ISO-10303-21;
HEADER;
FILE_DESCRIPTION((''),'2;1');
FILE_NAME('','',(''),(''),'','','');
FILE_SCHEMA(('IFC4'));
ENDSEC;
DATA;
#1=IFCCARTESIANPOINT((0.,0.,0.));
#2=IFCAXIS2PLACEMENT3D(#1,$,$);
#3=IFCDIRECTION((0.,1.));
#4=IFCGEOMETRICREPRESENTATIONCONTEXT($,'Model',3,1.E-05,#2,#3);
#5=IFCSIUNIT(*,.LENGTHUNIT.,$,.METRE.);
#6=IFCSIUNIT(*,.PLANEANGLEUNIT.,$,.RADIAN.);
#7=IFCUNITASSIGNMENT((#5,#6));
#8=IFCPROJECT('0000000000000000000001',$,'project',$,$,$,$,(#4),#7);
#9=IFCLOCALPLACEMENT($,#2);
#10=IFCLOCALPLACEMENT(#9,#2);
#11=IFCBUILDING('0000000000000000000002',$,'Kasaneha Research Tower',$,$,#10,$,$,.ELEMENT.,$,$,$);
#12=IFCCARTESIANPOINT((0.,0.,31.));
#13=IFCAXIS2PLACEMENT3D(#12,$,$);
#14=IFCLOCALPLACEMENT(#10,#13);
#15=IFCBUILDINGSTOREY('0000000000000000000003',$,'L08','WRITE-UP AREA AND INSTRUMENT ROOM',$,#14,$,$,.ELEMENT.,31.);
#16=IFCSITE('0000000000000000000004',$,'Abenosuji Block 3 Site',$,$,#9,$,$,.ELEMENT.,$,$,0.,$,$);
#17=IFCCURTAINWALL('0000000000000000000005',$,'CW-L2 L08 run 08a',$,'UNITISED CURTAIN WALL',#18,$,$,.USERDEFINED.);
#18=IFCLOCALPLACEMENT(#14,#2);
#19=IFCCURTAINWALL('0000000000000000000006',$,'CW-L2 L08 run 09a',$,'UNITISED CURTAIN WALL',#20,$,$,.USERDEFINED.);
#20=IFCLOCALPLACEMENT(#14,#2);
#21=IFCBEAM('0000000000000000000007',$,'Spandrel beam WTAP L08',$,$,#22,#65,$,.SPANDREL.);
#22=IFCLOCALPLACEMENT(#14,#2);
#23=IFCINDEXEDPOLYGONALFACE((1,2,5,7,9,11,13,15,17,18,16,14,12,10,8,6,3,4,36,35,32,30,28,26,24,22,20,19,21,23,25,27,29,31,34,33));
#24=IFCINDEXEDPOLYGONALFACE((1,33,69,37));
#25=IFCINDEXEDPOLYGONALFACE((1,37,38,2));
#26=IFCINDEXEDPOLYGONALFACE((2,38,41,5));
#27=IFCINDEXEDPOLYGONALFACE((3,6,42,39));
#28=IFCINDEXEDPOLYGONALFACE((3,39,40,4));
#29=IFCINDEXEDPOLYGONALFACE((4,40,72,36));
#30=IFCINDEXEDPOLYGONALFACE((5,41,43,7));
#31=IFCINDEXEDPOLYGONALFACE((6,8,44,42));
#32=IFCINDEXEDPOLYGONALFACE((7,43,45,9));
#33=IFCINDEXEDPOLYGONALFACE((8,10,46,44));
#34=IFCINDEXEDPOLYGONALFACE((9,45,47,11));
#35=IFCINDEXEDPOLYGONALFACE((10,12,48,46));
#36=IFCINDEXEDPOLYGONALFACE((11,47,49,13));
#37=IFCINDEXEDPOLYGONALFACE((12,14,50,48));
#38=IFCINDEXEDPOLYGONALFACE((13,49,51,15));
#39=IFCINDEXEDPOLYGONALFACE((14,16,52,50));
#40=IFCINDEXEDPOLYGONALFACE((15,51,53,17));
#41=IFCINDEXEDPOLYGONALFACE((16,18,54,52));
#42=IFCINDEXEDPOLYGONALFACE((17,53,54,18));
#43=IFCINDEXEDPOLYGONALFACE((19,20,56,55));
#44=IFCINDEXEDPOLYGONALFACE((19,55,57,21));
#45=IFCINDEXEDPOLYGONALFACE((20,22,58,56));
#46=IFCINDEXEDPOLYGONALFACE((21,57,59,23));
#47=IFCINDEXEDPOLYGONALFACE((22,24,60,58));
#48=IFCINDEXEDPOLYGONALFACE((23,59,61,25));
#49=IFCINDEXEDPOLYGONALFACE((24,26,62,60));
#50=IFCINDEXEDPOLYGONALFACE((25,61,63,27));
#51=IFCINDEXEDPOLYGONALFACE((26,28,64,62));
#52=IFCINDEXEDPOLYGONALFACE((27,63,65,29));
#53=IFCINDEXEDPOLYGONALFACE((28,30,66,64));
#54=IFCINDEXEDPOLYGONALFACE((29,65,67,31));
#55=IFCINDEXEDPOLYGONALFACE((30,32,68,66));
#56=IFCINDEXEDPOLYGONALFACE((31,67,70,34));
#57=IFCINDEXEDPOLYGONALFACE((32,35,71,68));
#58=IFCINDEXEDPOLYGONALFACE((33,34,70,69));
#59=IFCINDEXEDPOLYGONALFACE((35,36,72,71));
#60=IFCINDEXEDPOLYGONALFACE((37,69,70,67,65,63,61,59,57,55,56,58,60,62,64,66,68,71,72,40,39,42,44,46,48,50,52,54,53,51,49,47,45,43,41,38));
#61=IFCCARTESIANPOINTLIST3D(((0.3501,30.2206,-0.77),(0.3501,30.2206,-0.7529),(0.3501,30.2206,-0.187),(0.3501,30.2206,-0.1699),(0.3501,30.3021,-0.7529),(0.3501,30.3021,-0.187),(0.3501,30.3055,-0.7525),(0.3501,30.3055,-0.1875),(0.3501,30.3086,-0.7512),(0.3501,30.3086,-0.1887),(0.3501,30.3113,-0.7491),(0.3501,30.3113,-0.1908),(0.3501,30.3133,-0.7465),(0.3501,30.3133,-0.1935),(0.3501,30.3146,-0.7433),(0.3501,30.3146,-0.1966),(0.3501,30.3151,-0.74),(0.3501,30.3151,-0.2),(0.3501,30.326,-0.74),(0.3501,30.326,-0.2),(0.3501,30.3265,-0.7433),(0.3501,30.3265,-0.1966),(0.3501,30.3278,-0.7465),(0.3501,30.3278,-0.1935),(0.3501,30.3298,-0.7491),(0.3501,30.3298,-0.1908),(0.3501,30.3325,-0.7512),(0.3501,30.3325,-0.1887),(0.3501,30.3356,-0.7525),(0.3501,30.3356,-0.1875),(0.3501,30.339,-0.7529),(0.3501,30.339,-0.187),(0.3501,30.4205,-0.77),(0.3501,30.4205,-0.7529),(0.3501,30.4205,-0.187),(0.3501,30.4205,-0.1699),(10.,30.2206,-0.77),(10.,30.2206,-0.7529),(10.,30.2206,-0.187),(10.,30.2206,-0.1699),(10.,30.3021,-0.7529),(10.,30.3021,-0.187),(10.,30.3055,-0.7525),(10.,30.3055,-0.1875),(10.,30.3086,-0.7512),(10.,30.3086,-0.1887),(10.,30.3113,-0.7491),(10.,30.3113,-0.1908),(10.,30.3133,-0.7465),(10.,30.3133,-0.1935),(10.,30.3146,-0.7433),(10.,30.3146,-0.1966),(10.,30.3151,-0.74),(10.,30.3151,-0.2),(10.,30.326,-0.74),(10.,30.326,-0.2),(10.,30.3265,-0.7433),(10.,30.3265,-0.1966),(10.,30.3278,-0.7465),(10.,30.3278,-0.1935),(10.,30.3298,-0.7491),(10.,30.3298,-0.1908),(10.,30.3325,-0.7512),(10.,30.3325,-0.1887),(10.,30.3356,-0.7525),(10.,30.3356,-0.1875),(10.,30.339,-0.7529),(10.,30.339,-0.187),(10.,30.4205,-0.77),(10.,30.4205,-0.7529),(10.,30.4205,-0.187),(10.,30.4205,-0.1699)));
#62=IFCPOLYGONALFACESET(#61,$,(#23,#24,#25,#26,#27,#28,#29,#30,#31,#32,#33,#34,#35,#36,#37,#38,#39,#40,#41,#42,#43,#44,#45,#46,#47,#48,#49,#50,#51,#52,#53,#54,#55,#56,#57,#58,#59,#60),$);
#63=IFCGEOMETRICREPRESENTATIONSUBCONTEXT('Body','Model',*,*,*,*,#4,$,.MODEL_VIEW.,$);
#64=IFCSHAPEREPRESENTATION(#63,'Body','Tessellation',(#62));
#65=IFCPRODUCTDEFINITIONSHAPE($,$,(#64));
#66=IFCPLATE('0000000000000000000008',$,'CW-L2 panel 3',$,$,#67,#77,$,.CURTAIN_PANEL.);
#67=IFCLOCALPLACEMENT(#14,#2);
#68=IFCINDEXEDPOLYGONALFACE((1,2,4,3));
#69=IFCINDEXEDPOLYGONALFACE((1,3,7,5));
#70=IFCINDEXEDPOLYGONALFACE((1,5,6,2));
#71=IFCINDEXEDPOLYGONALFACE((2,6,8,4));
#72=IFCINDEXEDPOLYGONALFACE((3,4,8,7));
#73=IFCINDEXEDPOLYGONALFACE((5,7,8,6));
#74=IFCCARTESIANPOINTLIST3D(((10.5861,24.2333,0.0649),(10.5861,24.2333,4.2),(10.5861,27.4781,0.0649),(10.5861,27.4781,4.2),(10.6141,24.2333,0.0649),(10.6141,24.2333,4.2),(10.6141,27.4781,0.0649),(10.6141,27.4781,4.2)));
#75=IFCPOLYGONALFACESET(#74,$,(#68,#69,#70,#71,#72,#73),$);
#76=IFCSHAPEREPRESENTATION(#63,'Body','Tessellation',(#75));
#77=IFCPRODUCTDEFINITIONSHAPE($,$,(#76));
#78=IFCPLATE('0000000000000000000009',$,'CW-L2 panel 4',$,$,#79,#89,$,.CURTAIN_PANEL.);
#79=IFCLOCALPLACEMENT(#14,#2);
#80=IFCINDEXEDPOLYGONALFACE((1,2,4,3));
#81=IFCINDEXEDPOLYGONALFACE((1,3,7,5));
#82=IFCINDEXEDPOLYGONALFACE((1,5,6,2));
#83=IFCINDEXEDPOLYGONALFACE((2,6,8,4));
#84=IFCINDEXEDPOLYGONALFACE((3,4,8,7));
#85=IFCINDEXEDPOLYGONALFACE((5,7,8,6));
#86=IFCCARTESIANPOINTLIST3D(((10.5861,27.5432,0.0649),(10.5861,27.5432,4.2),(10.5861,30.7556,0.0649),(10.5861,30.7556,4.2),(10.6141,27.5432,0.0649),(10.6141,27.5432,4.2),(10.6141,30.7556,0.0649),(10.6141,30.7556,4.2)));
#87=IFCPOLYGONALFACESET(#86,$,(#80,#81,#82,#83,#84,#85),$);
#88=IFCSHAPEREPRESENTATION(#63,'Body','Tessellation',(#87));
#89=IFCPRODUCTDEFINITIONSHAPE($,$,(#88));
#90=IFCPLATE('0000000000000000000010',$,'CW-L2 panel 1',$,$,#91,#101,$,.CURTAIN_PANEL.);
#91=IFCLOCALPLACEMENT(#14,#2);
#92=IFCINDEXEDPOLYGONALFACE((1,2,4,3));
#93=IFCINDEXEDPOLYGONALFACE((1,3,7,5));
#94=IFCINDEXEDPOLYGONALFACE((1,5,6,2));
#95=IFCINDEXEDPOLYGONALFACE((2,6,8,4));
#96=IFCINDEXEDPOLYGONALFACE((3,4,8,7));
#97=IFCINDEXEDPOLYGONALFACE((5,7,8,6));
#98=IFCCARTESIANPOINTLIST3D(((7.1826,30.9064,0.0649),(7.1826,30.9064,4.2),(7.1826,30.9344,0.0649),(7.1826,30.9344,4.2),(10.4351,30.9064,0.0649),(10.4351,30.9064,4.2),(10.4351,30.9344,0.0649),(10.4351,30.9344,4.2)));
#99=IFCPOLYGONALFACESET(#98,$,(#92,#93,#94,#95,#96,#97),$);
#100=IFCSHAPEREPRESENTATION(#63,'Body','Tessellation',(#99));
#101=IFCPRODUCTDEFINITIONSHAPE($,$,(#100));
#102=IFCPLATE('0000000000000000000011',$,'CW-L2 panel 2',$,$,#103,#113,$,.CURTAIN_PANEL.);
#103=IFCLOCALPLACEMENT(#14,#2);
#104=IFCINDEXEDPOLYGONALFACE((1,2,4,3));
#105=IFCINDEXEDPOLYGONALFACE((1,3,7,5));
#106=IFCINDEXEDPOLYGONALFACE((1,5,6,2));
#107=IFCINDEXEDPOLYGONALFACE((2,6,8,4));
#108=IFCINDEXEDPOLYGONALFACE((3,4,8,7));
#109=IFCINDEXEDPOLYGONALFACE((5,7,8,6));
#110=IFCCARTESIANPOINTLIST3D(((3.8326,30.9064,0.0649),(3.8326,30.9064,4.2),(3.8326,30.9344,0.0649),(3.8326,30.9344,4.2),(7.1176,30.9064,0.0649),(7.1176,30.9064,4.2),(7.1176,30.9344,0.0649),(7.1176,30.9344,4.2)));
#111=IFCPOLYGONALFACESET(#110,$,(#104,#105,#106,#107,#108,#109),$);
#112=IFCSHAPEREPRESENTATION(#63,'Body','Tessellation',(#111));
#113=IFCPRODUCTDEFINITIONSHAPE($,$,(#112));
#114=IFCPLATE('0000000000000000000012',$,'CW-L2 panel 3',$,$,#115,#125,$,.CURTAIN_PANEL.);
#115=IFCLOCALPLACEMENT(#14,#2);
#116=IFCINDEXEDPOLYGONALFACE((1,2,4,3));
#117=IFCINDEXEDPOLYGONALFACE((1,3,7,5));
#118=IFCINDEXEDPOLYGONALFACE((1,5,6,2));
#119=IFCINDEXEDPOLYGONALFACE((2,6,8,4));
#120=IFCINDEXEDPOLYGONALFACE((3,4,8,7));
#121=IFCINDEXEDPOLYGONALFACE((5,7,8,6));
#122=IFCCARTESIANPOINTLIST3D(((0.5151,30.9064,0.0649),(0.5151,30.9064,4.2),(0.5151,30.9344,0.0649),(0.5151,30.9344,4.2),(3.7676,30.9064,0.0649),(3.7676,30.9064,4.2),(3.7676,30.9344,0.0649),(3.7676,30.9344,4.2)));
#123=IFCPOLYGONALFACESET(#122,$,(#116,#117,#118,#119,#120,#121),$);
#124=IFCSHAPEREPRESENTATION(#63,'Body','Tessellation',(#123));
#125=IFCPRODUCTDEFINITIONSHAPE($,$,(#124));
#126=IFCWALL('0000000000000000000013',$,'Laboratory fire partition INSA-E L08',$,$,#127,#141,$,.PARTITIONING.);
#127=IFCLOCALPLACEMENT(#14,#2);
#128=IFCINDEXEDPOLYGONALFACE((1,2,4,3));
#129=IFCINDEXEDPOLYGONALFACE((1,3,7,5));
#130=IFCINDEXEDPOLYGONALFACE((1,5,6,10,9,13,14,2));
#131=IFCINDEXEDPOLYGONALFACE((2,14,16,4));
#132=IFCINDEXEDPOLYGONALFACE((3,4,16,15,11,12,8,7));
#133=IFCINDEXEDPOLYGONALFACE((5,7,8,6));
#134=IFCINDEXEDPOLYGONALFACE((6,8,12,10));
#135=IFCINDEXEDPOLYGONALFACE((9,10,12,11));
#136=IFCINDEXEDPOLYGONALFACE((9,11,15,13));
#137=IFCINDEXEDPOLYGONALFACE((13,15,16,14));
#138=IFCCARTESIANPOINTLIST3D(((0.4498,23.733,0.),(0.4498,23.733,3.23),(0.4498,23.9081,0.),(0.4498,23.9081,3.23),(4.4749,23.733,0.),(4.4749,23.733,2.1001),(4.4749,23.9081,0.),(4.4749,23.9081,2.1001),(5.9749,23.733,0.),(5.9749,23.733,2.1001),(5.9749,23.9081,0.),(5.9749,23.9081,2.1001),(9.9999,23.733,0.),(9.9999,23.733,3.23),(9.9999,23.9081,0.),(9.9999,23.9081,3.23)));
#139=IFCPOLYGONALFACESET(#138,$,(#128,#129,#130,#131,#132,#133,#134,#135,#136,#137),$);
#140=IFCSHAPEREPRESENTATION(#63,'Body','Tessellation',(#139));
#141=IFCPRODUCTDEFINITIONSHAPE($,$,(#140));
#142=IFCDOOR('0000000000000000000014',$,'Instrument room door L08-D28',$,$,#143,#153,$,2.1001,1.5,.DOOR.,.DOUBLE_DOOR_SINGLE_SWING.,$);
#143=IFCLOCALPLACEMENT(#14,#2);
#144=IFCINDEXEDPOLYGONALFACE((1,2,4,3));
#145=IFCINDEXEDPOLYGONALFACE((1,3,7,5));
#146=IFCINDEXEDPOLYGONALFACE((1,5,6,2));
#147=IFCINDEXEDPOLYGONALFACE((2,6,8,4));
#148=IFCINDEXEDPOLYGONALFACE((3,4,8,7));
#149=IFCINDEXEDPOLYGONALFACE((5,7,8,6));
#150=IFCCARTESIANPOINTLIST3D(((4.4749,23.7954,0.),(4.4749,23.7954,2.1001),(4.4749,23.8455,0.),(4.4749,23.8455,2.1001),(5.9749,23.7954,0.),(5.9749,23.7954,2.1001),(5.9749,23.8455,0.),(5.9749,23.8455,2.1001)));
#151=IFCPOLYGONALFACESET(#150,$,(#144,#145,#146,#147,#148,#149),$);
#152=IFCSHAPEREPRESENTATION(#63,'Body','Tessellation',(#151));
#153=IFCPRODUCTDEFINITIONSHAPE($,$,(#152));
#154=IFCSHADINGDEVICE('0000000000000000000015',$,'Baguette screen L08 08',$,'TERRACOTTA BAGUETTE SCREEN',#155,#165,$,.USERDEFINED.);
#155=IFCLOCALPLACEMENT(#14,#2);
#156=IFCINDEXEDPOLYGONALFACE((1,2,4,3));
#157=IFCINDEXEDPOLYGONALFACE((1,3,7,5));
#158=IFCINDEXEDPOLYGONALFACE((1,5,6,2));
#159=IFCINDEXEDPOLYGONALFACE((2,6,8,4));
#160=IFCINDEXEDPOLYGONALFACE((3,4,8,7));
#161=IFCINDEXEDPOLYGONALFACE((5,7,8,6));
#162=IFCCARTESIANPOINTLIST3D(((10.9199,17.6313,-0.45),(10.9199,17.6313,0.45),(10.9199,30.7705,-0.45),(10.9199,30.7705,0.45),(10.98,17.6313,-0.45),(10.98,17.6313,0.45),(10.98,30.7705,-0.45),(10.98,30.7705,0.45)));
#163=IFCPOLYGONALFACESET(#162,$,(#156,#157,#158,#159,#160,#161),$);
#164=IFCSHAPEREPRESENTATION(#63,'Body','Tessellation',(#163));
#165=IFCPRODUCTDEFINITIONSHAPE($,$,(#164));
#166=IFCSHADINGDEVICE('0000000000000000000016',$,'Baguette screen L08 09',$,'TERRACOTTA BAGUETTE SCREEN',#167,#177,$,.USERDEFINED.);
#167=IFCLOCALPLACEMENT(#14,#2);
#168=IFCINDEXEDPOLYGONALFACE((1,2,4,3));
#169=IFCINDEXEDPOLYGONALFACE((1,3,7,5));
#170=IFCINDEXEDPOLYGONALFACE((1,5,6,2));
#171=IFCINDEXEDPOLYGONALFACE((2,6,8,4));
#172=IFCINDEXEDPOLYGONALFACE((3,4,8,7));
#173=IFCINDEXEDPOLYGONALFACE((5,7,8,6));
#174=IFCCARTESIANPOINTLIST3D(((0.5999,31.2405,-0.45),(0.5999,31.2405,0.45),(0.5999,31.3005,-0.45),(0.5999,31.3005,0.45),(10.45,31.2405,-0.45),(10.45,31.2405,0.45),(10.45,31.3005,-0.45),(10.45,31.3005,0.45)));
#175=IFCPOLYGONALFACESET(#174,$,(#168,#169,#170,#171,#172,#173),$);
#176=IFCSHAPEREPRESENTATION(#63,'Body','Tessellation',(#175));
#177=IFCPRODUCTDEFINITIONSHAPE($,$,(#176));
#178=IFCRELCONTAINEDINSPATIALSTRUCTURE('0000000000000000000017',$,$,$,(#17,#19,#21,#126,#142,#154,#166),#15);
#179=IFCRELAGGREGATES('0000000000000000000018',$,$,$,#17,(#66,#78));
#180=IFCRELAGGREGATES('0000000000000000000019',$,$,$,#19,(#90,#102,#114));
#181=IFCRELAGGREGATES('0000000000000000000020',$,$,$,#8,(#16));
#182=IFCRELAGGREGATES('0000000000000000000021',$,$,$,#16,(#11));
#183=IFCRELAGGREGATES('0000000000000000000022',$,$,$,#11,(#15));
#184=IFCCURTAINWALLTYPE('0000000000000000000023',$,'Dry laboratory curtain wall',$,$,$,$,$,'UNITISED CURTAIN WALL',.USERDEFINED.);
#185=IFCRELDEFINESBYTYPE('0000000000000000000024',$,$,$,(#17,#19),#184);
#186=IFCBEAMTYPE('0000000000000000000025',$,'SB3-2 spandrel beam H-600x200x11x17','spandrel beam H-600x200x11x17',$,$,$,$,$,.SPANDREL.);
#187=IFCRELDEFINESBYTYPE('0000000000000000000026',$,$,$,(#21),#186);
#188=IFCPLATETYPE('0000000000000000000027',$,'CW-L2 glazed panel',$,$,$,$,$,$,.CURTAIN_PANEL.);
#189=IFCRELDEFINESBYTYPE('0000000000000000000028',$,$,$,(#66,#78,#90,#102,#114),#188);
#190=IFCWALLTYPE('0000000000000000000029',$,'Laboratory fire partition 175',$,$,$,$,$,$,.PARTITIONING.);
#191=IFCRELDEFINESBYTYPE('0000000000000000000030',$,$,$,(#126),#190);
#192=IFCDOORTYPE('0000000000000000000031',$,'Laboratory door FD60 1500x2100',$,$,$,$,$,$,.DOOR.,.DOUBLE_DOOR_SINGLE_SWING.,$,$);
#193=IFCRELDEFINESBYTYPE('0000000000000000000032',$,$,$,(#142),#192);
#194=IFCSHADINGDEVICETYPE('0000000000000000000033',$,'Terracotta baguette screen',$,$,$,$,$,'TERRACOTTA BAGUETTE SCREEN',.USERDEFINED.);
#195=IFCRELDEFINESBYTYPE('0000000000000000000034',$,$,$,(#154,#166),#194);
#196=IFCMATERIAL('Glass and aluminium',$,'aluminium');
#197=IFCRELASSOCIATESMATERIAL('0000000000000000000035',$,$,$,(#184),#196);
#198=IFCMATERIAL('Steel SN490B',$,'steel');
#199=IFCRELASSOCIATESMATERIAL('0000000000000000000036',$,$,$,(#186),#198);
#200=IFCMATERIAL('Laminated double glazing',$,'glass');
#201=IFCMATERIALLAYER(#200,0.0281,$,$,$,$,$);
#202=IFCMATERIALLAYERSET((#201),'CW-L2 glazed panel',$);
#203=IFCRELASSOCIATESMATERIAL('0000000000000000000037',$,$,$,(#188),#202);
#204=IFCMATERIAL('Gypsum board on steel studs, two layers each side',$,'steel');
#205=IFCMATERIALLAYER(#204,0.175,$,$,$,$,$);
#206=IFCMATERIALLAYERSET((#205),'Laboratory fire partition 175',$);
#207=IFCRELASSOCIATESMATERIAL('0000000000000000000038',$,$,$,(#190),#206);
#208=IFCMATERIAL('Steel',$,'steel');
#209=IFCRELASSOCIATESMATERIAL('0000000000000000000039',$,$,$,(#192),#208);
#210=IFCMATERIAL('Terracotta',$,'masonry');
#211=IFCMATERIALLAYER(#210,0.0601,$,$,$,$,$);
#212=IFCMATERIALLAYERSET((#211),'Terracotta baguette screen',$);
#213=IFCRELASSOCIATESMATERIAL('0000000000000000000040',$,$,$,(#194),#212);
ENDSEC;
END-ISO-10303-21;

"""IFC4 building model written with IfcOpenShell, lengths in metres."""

from ifc_helpers import new_model, si_unit, direction, frame, frame_2d, origin, origin_2d, place, context, subcontext, project, spatial, rectangle, i_section, extrude, material, layer, layer_set, material_profile, profile_set, type_object, element, fill, aggregate, save


model = new_model("IFC4")

# Units and contexts
model_context = context("Model", 3, precision=1e-05, world=origin(), true_north=direction((0.0, 1.0)))
body_context = subcontext(model_context, "Body", "Model", "MODEL_VIEW")
ifc_project = project(units=[si_unit("LENGTHUNIT", "METRE"), si_unit("PLANEANGLEUNIT", "RADIAN")], contexts=[model_context])

# Site, building, storey
site_placement = place(None, origin())
site = spatial("IfcSite", under=ifc_project, at=site_placement, Name="Abenosuji Block 3 Site", CompositionType="ELEMENT", RefElevation=0.0)
building_placement = place(site_placement, origin())
building = spatial("IfcBuilding", under=site, at=building_placement, Name="Kasaneha Research Tower", CompositionType="ELEMENT")
storey_placement = place(building_placement, frame((0.0, 0.0, 31.0)))
storey = spatial("IfcBuildingStorey", under=building, at=storey_placement, Name="L08", Description="WRITE-UP AREA AND INSTRUMENT ROOM", CompositionType="ELEMENT", Elevation=31.0)

# Curtain walls
ifc_material_1 = material(Name="Glass and aluminium", Category="aluminium")
curtain_wall_type = type_object("IfcCurtainWallType", Name="Dry laboratory curtain wall", ElementType="UNITISED CURTAIN WALL", PredefinedType="USERDEFINED", material=ifc_material_1)
curtain_wall_1_placement = place(storey_placement, origin())
curtain_wall_1 = element("IfcCurtainWall", 1, at=curtain_wall_1_placement, inside=storey, type_object=curtain_wall_type, Name="CW-L2 L08 run 08a", ObjectType="UNITISED CURTAIN WALL", PredefinedType="USERDEFINED")
curtain_wall_2_placement = place(storey_placement, origin())
curtain_wall_2 = element("IfcCurtainWall", 2, at=curtain_wall_2_placement, inside=storey, type_object=curtain_wall_type, Name="CW-L2 L08 run 09a", ObjectType="UNITISED CURTAIN WALL", PredefinedType="USERDEFINED")

# Beam
ifc_material_2 = material(Name="Steel SN490B", Category="steel")
ifc_material_profile_1 = material_profile(ifc_material_2, i_section(OverallWidth=0.2, OverallDepth=0.6001, WebThickness=0.011, FlangeThickness=0.0171, FilletRadius=0.0129, at=origin_2d()), Name="H-600x200x11x17")
ifc_profile_set_1 = profile_set([ifc_material_profile_1], Name="Steel SN490B")
beam_type_1 = type_object("IfcBeamType", Name="SB3-2 spandrel beam H-600x200x11x17", Description="spandrel beam H-600x200x11x17", PredefinedType="SPANDREL", material=ifc_profile_set_1)
beam_1_placement = place(storey_placement, frame((10.0, 30.3206, -0.47), z_axis=(-1.0, 0.0, 0.0), x_axis=(0.0, -1.0, 0.0)))
element("IfcBeam", 3, at=beam_1_placement, inside=storey, type_object=beam_type_1, Name="Spandrel beam WTAP L08", PredefinedType="SPANDREL", context=body_context, shape_type="SweptSolid", body=[
    extrude(i_section(OverallWidth=0.2, OverallDepth=0.6001, WebThickness=0.011, FlangeThickness=0.0171, FilletRadius=0.0129, at=origin_2d()), origin(), (0.0, 0.0, 1.0), 9.6499),
])

# Plates
ifc_material_3 = material(Name="Laminated double glazing", Category="glass")
ifc_layer_1 = layer(ifc_material_3, 0.0281)
ifc_layer_set_1 = layer_set([ifc_layer_1], Name="CW-L2 glazed panel")
plate_type = type_object("IfcPlateType", Name="CW-L2 glazed panel", PredefinedType="CURTAIN_PANEL", material=ifc_layer_set_1)
plate_1_placement = place(storey_placement, frame((10.6001, 25.8557, 0.0649), z_axis=(0.0, 0.0, 1.0), x_axis=(0.0, 1.0, 0.0)))
plate_1 = element("IfcPlate", 4, at=plate_1_placement, type_object=plate_type, Name="CW-L2 panel 3", PredefinedType="CURTAIN_PANEL", context=body_context, shape_type="SweptSolid", body=[
    extrude(rectangle(XDim=3.2449, YDim=0.0281, at=origin_2d()), origin(), (0.0, 0.0, 1.0), 4.135),
])
plate_2_placement = place(storey_placement, frame((10.6001, 29.1494, 0.0649), z_axis=(0.0, 0.0, 1.0), x_axis=(0.0, 1.0, 0.0)))
plate_2 = element("IfcPlate", 5, at=plate_2_placement, type_object=plate_type, Name="CW-L2 panel 4", PredefinedType="CURTAIN_PANEL", context=body_context, shape_type="SweptSolid", body=[
    extrude(rectangle(XDim=3.2124, YDim=0.0281, at=origin_2d()), origin(), (0.0, 0.0, 1.0), 4.135),
])
aggregate(curtain_wall_1, [plate_1, plate_2])
plate_3_placement = place(storey_placement, frame((8.8088, 30.9204, 0.0649), z_axis=(0.0, 0.0, 1.0), x_axis=(-1.0, 0.0, 0.0)))
plate_3 = element("IfcPlate", 6, at=plate_3_placement, type_object=plate_type, Name="CW-L2 panel 1", PredefinedType="CURTAIN_PANEL", context=body_context, shape_type="SweptSolid", body=[
    extrude(rectangle(XDim=3.2524, YDim=0.0281, at=origin_2d()), origin(), (0.0, 0.0, 1.0), 4.135),
])
plate_4_placement = place(storey_placement, frame((5.4751, 30.9204, 0.0649), z_axis=(0.0, 0.0, 1.0), x_axis=(-1.0, 0.0, 0.0)))
plate_4 = element("IfcPlate", 7, at=plate_4_placement, type_object=plate_type, Name="CW-L2 panel 2", PredefinedType="CURTAIN_PANEL", context=body_context, shape_type="SweptSolid", body=[
    extrude(rectangle(XDim=3.2849, YDim=0.0281, at=origin_2d()), origin(), (0.0, 0.0, 1.0), 4.135),
])
plate_5_placement = place(storey_placement, frame((2.1414, 30.9204, 0.0649), z_axis=(0.0, 0.0, 1.0), x_axis=(-1.0, 0.0, 0.0)))
plate_5 = element("IfcPlate", 8, at=plate_5_placement, type_object=plate_type, Name="CW-L2 panel 3", PredefinedType="CURTAIN_PANEL", context=body_context, shape_type="SweptSolid", body=[
    extrude(rectangle(XDim=3.2524, YDim=0.0281, at=origin_2d()), origin(), (0.0, 0.0, 1.0), 4.135),
])
aggregate(curtain_wall_2, [plate_3, plate_4, plate_5])

# Wall, opening, door
ifc_material_4 = material(Name="Gypsum board on steel studs, two layers each side", Category="steel")
ifc_layer_2 = layer(ifc_material_4, 0.175)
ifc_layer_set_2 = layer_set([ifc_layer_2], Name="Laboratory fire partition 175")
wall_type = type_object("IfcWallType", Name="Laboratory fire partition 175", PredefinedType="PARTITIONING", material=ifc_layer_set_2)
wall_placement = place(storey_placement, frame((0.45, 23.8206, 0.0), z_axis=(0.0, 0.0, 1.0), x_axis=(1.0, 0.0, 0.0)))
wall = element("IfcWall", 9, at=wall_placement, inside=storey, type_object=wall_type, Name="Laboratory fire partition INSA-E L08", PredefinedType="PARTITIONING", context=body_context, shape_type="SweptSolid", body=[
    extrude(rectangle(XDim=9.55, YDim=0.175, at=frame_2d((4.7749, 0.0))), origin(), (0.0, 0.0, 1.0), 3.23),
])
opening_placement = place(wall_placement, frame((4.0249, 0.0, 0.0)))
opening = element("IfcOpeningElement", 10, at=opening_placement, cuts=wall, PredefinedType="OPENING", context=body_context, shape_type="SweptSolid", body=[
    extrude(rectangle(XDim=1.5, YDim=2.1001, at=frame_2d((0.75, 1.05))), frame((0.0, 0.0977, 0.0), z_axis=(0.0, -1.0, 0.0), x_axis=(1.0, 0.0, 0.0)), (0.0, 0.0, 1.0), 0.1951),
])
ifc_material_5 = material(Name="Steel", Category="steel")
door_type = type_object("IfcDoorType", Name="Laboratory door FD60 1500x2100", OperationType="DOUBLE_DOOR_SINGLE_SWING", PredefinedType="DOOR", material=ifc_material_5)
door_placement = place(opening_placement, origin())
door = element("IfcDoor", 11, at=door_placement, inside=storey, type_object=door_type, Name="Instrument room door L08-D28", OperationType="DOUBLE_DOOR_SINGLE_SWING", OverallHeight=2.1001, OverallWidth=1.5, PredefinedType="DOOR", context=body_context, shape_type="SweptSolid", body=[
    extrude(rectangle(XDim=1.5, YDim=2.1001, at=frame_2d((0.75, 1.05))), frame((0.0, 0.0249, 0.0), z_axis=(0.0, -1.0, 0.0), x_axis=(1.0, 0.0, 0.0)), (0.0, 0.0, 1.0), 0.05),
])
fill(opening, door)

# Shading devices
ifc_material_6 = material(Name="Terracotta", Category="masonry")
ifc_layer_3 = layer(ifc_material_6, 0.0601)
ifc_layer_set_3 = layer_set([ifc_layer_3], Name="Terracotta baguette screen")
shading_device_type = type_object("IfcShadingDeviceType", Name="Terracotta baguette screen", ElementType="TERRACOTTA BAGUETTE SCREEN", PredefinedType="USERDEFINED", material=ifc_layer_set_3)
shading_device_1_placement = place(storey_placement, frame((10.95, 24.2009, -0.45), z_axis=(0.0, 0.0, 1.0), x_axis=(0.0, 1.0, 0.0)))
element("IfcShadingDevice", 12, at=shading_device_1_placement, inside=storey, type_object=shading_device_type, Name="Baguette screen L08 08", ObjectType="TERRACOTTA BAGUETTE SCREEN", PredefinedType="USERDEFINED", context=body_context, shape_type="SweptSolid", body=[
    extrude(rectangle(XDim=13.1392, YDim=0.0601, at=origin_2d()), origin(), (0.0, 0.0, 1.0), 0.8999),
])
shading_device_2_placement = place(storey_placement, frame((5.5249, 31.2705, -0.45), z_axis=(0.0, 0.0, 1.0), x_axis=(-1.0, 0.0, 0.0)))
element("IfcShadingDevice", 13, at=shading_device_2_placement, inside=storey, type_object=shading_device_type, Name="Baguette screen L08 09", ObjectType="TERRACOTTA BAGUETTE SCREEN", PredefinedType="USERDEFINED", context=body_context, shape_type="SweptSolid", body=[
    extrude(rectangle(XDim=9.8501, YDim=0.0601, at=origin_2d()), origin(), (0.0, 0.0, 1.0), 0.8999),
])

save(model, "model.ifc")
